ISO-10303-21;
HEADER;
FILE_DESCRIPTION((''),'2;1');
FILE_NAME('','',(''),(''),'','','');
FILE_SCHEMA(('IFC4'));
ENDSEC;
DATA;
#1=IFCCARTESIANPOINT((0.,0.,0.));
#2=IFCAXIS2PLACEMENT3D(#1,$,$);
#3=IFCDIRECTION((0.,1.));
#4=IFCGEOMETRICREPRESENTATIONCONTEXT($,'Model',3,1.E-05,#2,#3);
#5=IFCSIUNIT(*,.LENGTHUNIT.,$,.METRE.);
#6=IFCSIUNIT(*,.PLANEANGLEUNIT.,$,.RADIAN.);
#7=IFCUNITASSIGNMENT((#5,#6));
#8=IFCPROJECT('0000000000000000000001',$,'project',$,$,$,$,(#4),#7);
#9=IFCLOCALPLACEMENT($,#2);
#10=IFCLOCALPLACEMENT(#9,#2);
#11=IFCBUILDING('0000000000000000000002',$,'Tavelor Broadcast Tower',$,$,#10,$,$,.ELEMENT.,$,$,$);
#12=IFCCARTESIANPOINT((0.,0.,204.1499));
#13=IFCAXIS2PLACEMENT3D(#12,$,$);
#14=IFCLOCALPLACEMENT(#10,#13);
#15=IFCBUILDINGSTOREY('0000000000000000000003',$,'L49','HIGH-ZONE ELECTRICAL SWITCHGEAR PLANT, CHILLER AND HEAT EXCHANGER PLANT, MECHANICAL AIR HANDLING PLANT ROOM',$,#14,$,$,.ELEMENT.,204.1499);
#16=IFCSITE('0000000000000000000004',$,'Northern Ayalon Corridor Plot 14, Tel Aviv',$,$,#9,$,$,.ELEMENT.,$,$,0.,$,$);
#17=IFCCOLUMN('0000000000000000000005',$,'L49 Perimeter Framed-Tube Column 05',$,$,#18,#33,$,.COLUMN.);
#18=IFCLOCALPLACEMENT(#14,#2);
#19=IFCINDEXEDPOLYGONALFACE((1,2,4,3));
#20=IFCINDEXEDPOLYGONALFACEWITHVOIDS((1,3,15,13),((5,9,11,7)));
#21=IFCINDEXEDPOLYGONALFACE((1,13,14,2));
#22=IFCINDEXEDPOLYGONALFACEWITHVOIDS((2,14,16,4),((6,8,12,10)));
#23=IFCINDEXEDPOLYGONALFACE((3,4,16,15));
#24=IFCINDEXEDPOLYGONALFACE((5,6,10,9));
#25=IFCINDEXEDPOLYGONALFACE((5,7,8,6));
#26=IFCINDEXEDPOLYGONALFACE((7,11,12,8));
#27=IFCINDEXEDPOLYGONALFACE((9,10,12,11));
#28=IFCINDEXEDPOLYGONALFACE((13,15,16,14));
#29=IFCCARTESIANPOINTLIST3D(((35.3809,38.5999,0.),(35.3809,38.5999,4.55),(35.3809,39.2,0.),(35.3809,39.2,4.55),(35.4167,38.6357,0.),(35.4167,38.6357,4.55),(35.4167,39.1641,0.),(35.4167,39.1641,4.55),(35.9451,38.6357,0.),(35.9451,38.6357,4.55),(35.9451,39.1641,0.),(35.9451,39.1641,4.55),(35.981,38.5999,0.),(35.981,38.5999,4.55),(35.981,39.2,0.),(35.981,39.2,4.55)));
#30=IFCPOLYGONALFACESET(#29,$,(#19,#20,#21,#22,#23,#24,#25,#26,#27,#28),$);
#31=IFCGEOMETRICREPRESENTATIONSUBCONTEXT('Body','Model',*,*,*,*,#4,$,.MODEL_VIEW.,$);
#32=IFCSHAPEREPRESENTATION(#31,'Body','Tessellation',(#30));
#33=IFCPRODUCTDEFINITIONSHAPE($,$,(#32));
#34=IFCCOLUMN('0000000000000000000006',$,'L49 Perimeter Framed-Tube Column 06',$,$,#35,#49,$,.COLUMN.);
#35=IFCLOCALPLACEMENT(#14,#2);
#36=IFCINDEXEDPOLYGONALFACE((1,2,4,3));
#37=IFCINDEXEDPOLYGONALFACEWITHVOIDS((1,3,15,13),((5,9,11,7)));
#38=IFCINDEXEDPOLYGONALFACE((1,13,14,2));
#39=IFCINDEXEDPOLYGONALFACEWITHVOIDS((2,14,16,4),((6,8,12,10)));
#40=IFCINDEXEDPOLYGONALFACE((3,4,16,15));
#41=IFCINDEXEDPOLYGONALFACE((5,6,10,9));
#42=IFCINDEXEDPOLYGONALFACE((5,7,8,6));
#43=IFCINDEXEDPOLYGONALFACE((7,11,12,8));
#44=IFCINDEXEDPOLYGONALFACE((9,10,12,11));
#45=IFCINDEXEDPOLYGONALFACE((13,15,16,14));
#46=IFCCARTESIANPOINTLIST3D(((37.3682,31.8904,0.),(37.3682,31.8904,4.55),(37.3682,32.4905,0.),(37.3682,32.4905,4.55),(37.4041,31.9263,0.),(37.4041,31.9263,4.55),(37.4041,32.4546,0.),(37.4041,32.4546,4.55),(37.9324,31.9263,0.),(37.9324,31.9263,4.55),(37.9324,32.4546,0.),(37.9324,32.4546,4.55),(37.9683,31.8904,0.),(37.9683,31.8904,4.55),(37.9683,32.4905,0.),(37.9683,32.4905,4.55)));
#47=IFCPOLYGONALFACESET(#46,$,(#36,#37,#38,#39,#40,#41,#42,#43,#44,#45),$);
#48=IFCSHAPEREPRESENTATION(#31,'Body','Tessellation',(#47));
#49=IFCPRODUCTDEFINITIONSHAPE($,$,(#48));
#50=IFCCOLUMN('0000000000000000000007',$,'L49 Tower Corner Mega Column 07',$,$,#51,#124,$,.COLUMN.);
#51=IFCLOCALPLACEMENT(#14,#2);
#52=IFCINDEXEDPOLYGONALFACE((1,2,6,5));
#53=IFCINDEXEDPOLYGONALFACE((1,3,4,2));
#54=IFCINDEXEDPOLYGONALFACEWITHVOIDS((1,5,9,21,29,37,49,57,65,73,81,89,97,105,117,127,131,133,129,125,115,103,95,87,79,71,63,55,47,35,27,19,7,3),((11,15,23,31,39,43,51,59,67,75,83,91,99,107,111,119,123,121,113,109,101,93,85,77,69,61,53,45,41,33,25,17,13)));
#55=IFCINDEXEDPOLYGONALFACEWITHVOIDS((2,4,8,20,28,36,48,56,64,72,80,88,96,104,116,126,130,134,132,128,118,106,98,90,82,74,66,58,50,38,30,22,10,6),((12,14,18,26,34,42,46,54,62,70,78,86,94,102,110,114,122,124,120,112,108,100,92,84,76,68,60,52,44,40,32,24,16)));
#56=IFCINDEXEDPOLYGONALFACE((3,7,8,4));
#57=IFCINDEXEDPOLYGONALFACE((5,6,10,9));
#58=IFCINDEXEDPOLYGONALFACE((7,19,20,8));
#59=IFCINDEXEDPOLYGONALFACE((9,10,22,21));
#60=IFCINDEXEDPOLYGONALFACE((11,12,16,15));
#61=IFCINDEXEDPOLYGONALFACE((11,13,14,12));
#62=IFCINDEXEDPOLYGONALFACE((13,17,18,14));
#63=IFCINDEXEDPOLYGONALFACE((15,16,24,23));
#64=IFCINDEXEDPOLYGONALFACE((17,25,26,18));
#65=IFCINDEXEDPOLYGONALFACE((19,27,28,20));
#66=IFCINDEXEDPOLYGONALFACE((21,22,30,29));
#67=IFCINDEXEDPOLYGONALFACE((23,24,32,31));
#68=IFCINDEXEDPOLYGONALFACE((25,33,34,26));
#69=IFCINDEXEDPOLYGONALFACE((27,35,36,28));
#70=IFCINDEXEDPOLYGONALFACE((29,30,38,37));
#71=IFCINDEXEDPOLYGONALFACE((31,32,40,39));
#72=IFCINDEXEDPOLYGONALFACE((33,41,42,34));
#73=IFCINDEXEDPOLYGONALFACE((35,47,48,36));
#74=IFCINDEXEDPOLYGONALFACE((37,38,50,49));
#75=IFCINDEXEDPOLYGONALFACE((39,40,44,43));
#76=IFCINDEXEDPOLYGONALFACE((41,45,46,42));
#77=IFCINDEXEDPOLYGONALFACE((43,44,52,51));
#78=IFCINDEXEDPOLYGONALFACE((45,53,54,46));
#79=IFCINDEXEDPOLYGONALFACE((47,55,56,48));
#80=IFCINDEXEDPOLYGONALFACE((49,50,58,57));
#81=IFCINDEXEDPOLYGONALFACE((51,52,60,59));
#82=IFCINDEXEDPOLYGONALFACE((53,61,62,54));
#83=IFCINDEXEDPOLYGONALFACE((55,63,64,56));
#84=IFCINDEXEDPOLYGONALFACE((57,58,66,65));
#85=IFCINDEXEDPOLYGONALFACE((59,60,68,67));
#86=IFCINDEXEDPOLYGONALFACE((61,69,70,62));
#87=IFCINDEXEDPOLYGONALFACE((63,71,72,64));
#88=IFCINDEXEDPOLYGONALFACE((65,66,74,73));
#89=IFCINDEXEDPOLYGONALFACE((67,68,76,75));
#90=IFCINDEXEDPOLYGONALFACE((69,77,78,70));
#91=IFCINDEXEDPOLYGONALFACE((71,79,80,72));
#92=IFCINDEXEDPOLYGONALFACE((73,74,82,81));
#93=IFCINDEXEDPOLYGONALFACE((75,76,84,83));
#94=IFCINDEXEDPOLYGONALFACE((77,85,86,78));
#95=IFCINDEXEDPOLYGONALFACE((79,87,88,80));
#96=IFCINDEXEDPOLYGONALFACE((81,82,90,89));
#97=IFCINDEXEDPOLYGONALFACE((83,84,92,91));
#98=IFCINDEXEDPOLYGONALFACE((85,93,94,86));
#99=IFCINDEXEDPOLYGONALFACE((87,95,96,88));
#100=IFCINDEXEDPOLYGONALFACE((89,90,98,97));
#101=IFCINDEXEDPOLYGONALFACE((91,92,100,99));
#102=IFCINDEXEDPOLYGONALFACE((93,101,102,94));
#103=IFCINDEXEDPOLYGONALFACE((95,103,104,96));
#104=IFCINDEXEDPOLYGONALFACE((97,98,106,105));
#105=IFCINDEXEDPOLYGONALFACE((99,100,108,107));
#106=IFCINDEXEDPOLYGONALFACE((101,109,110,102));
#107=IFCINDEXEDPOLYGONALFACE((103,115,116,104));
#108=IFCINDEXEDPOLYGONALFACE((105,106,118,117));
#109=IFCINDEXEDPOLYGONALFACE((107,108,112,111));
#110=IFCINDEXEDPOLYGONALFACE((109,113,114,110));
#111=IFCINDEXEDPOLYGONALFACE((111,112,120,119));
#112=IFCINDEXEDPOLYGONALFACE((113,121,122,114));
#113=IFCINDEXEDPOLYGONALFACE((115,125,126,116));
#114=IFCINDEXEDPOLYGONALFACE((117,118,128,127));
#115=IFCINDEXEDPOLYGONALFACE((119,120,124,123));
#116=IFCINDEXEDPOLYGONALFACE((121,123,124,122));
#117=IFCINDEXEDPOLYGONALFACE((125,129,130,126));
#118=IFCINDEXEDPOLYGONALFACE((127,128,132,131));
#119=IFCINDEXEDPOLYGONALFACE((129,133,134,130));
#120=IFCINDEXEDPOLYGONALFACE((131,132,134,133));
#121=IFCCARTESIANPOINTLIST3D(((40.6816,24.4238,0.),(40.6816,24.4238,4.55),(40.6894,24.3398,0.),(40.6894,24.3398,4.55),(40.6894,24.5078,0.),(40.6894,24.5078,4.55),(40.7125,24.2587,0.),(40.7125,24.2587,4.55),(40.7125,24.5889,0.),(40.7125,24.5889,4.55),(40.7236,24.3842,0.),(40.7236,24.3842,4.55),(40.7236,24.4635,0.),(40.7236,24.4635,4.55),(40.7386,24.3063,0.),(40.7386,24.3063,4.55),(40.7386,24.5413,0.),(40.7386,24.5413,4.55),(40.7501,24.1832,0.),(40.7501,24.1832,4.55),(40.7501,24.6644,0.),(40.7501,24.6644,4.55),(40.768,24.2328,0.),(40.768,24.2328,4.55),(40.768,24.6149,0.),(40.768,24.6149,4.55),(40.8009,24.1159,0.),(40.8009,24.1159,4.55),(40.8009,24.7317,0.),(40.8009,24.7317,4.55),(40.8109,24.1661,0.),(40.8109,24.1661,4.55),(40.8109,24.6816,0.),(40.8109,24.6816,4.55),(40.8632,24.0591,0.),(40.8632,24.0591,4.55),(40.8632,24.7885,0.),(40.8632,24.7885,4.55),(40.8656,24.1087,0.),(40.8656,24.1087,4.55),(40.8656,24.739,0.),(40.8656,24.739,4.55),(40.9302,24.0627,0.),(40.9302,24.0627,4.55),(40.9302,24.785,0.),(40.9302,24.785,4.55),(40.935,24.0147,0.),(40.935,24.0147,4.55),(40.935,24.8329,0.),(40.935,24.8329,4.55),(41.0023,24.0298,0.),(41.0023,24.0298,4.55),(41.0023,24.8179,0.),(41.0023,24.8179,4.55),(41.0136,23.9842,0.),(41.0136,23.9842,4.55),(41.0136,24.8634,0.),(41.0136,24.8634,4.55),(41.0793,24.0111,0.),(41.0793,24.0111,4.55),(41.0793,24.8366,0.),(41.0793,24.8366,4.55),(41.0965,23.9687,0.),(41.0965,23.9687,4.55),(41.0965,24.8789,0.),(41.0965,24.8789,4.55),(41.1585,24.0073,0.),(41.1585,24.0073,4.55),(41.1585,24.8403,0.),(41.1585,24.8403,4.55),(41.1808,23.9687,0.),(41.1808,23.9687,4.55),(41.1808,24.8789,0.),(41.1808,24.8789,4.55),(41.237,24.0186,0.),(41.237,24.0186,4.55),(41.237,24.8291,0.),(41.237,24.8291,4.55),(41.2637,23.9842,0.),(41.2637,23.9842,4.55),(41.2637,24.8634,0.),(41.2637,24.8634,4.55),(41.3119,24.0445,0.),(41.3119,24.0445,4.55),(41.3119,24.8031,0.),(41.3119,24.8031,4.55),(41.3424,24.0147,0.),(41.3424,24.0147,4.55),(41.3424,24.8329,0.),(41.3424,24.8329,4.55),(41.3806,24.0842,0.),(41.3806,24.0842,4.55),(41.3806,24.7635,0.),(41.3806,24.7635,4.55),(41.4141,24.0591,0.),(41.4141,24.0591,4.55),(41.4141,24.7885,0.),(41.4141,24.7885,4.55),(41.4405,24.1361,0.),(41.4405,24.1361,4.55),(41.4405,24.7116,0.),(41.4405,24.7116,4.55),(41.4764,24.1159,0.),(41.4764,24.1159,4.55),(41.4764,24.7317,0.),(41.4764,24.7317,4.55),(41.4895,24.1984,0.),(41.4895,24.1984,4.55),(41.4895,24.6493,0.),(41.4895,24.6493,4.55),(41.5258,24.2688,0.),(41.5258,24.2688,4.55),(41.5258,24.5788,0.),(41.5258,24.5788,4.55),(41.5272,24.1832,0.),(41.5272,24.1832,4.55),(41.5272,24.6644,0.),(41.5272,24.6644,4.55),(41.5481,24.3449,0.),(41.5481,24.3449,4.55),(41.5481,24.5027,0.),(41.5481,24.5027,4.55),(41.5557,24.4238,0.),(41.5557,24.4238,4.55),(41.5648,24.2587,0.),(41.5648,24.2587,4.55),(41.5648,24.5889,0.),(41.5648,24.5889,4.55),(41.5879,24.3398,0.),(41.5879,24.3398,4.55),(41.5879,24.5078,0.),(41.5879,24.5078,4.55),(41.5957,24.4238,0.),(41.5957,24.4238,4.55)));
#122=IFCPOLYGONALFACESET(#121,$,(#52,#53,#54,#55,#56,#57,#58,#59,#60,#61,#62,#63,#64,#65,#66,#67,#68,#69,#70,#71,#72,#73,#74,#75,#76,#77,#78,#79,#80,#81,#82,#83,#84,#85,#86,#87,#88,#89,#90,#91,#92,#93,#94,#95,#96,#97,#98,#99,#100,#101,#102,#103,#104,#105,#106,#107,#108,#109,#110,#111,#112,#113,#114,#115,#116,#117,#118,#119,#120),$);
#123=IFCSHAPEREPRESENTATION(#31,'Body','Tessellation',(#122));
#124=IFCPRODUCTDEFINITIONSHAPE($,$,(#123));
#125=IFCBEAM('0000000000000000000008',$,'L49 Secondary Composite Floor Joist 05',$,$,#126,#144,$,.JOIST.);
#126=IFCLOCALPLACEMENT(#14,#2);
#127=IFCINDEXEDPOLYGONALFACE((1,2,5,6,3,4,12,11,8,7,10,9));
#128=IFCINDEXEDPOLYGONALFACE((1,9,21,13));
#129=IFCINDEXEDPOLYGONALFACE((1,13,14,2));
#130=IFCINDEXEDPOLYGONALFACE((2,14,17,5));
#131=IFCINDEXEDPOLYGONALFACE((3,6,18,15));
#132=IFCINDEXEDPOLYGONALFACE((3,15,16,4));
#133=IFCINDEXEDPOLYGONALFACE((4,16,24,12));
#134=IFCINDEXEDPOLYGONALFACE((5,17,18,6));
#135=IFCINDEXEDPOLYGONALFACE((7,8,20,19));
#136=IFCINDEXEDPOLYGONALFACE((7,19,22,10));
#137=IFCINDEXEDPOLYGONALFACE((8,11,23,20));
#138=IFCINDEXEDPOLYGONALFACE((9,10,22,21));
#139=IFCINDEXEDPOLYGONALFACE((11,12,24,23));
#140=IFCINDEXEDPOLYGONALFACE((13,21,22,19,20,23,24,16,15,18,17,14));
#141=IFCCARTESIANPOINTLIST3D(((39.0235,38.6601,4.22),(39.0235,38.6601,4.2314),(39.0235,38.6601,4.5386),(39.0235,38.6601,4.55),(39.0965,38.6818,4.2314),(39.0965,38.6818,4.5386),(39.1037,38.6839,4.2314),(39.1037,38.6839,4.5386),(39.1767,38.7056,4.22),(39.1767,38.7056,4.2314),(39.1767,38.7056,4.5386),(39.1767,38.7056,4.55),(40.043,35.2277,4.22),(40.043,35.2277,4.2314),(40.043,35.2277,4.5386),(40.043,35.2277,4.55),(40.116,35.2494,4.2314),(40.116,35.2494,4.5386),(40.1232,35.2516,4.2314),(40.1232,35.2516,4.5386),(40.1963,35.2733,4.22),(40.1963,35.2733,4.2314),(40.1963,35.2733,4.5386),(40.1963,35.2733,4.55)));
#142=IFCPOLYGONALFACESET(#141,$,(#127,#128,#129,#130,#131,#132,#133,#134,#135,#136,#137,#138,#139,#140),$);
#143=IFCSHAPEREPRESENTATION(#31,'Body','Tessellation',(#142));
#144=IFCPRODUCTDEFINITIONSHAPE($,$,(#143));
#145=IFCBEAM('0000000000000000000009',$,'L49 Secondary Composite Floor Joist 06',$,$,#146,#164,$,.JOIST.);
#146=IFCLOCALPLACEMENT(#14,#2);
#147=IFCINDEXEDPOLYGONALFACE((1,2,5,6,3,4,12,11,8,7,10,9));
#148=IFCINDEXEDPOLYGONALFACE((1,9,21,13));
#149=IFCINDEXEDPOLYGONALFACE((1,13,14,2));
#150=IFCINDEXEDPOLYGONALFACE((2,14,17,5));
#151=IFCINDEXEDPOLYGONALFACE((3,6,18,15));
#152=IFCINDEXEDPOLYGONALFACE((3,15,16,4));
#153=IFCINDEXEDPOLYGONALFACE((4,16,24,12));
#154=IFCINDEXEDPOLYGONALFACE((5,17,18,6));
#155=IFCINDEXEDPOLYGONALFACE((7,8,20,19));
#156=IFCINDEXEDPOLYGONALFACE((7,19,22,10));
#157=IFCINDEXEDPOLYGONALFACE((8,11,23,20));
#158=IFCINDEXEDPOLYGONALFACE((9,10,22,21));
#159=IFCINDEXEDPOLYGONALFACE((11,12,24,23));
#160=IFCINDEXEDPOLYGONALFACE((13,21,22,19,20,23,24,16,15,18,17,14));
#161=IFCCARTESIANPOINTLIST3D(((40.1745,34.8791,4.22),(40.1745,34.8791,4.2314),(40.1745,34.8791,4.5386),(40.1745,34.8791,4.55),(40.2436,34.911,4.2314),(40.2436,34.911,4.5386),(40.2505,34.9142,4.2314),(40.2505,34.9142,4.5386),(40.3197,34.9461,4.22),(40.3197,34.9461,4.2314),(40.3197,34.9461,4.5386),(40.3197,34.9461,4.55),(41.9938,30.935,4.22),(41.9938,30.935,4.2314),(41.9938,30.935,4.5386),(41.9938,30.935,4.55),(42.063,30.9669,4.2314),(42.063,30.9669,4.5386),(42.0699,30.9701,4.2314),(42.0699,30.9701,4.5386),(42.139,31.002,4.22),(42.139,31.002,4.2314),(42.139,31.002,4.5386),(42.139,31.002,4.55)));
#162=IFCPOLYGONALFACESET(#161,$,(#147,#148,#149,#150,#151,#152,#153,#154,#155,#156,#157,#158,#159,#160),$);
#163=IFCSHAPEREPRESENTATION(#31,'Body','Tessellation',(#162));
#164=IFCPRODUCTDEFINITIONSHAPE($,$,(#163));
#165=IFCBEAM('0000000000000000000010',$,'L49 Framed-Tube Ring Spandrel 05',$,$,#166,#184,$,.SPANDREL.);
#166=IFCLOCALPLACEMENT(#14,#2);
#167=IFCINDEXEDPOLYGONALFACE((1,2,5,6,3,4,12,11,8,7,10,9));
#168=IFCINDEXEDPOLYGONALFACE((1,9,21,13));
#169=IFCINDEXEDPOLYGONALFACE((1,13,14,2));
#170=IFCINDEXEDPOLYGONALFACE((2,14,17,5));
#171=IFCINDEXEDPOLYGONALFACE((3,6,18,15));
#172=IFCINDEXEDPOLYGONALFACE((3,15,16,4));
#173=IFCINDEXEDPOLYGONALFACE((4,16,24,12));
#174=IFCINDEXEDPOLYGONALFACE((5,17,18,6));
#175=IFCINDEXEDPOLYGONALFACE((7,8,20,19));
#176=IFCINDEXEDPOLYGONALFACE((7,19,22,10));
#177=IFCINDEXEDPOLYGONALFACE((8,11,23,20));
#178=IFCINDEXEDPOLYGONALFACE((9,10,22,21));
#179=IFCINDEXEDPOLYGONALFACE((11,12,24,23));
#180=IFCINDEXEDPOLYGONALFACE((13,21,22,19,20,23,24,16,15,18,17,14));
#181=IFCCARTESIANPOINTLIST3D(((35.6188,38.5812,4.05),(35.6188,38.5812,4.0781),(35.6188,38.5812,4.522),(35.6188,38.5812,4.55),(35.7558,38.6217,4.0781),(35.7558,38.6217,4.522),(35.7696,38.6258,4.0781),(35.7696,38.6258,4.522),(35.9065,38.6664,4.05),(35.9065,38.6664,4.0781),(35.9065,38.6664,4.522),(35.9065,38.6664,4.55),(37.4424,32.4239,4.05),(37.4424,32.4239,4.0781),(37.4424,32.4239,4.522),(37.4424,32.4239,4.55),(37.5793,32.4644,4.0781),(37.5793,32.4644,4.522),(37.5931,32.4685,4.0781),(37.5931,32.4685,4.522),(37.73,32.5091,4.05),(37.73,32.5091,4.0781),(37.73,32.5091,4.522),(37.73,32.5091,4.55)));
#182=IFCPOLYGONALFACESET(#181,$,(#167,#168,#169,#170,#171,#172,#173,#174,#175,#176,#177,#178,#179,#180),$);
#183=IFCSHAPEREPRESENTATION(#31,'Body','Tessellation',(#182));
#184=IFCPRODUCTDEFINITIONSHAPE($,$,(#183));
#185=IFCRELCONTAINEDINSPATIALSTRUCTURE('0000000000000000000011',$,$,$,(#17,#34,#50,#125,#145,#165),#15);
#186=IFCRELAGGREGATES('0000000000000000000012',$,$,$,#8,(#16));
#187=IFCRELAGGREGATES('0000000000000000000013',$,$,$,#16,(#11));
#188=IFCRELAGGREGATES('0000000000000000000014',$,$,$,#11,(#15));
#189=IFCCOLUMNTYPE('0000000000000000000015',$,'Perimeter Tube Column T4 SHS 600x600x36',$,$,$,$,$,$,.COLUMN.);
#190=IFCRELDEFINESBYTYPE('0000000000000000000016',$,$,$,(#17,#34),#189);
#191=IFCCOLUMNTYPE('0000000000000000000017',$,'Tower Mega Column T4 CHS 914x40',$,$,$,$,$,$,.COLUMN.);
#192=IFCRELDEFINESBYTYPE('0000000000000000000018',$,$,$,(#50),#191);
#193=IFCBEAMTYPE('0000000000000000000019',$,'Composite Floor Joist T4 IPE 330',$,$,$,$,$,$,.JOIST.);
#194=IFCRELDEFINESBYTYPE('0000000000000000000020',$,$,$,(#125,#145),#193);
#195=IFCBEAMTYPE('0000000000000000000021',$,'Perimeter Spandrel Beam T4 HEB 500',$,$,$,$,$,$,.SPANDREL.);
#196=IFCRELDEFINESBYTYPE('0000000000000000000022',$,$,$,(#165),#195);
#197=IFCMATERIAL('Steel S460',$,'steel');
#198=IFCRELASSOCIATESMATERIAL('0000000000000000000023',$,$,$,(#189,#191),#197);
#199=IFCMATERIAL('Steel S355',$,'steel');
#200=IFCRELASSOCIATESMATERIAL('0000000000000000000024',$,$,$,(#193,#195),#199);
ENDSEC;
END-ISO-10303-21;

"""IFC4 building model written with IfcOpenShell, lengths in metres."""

from ifc_helpers import new_model, si_unit, direction, frame, origin, origin_2d, place, context, subcontext, project, spatial, hollow_rectangle, hollow_circle, i_section, extrude, material, material_profile, profile_set, type_object, element, save


model = new_model("IFC4")

# Units and contexts
model_context = context("Model", 3, precision=1e-05, world=origin(), true_north=direction((0.0, 1.0)))
body_context = subcontext(model_context, "Body", "Model", "MODEL_VIEW")
ifc_project = project(units=[si_unit("LENGTHUNIT", "METRE"), si_unit("PLANEANGLEUNIT", "RADIAN")], contexts=[model_context])

# Site, building, storey
site_placement = place(None, origin())
site = spatial("IfcSite", under=ifc_project, at=site_placement, Name="Northern Ayalon Corridor Plot 14, Tel Aviv", CompositionType="ELEMENT", RefElevation=0.0)
building_placement = place(site_placement, origin())
building = spatial("IfcBuilding", under=site, at=building_placement, Name="Tavelor Broadcast Tower", CompositionType="ELEMENT")
storey_placement = place(building_placement, frame((0.0, 0.0, 204.1499)))
storey = spatial("IfcBuildingStorey", under=building, at=storey_placement, Name="L49", Description="HIGH-ZONE ELECTRICAL SWITCHGEAR PLANT, CHILLER AND HEAT EXCHANGER PLANT, MECHANICAL AIR HANDLING PLANT ROOM", CompositionType="ELEMENT", Elevation=204.1499)

# Columns
ifc_material_1 = material(Name="Steel S460", Category="steel")
ifc_material_profile_1 = material_profile(ifc_material_1, hollow_rectangle(XDim=0.6001, YDim=0.6001, WallThickness=0.0359, at=origin_2d()), Name="SHS 600x600x36")
ifc_profile_set_1 = profile_set([ifc_material_profile_1], Name="Steel S460")
column_type_1 = type_object("IfcColumnType", Name="Perimeter Tube Column T4 SHS 600x600x36", PredefinedType="COLUMN", material=ifc_profile_set_1)
for number, where, z_axis, x_axis, name in (
    (1, (35.6809, 38.8999, 0.0), (0.0, 0.0, 1.0), (1.0, 0.0, 0.0), "L49 Perimeter Framed-Tube Column 05"),
    (2, (37.6682, 32.1904, 0.0), (0.0, 0.0, 1.0), (1.0, 0.0, 0.0), "L49 Perimeter Framed-Tube Column 06"),
):
    element("IfcColumn", number, at=place(storey_placement, frame(where, z_axis=z_axis, x_axis=x_axis)), inside=storey, type_object=column_type_1, Name=name, PredefinedType="COLUMN", context=body_context, shape_type="SweptSolid", body=[
        extrude(hollow_rectangle(XDim=0.6001, YDim=0.6001, WallThickness=0.0359, at=origin_2d()), origin(), (0.0, 0.0, 1.0), 4.55),
    ])
ifc_material_profile_2 = material_profile(ifc_material_1, hollow_circle(Radius=0.457, WallThickness=0.04, at=origin_2d()), Name="CHS 914x40")
ifc_profile_set_2 = profile_set([ifc_material_profile_2], Name="Steel S460")
column_type_2 = type_object("IfcColumnType", Name="Tower Mega Column T4 CHS 914x40", PredefinedType="COLUMN", material=ifc_profile_set_2)
column_placement = place(storey_placement, frame((41.1387, 24.4238, 0.0), z_axis=(0.0, 0.0, 1.0), x_axis=(1.0, 0.0, 0.0)))
element("IfcColumn", 3, at=column_placement, inside=storey, type_object=column_type_2, Name="L49 Tower Corner Mega Column 07", PredefinedType="COLUMN", context=body_context, shape_type="SweptSolid", body=[
    extrude(hollow_circle(Radius=0.457, WallThickness=0.04, at=origin_2d()), origin(), (0.0, 0.0, 1.0), 4.55),
])

# Beams
ifc_material_2 = material(Name="Steel S355", Category="steel")
ifc_material_profile_3 = material_profile(ifc_material_2, i_section(OverallWidth=0.1599, OverallDepth=0.3301, WebThickness=0.0076, FlangeThickness=0.0115, at=origin_2d()), Name="IPE 330")
ifc_profile_set_3 = profile_set([ifc_material_profile_3], Name="Steel S355")
beam_type_1 = type_object("IfcBeamType", Name="Composite Floor Joist T4 IPE 330", PredefinedType="JOIST", material=ifc_profile_set_3)
beam_1_placement = place(storey_placement, frame((39.1001, 38.6829, 4.385), z_axis=(0.284738, -0.958605, 0.0), x_axis=(0.958605, 0.284738, 0.0)))
element("IfcBeam", 4, at=beam_1_placement, inside=storey, type_object=beam_type_1, Name="L49 Secondary Composite Floor Joist 05", PredefinedType="JOIST", context=body_context, shape_type="SweptSolid", body=[
    extrude(i_section(OverallWidth=0.1599, OverallDepth=0.3301, WebThickness=0.0076, FlangeThickness=0.0115, at=origin_2d()), origin(), (0.0, 0.0, 1.0), 3.5806),
])
beam_2_placement = place(storey_placement, frame((40.2471, 34.9126, 4.385), z_axis=(0.418866, -0.908048, 0.0), x_axis=(0.908048, 0.418866, 0.0)))
element("IfcBeam", 5, at=beam_2_placement, inside=storey, type_object=beam_type_1, Name="L49 Secondary Composite Floor Joist 06", PredefinedType="JOIST", context=body_context, shape_type="SweptSolid", body=[
    extrude(i_section(OverallWidth=0.1599, OverallDepth=0.3301, WebThickness=0.0076, FlangeThickness=0.0115, at=origin_2d()), origin(), (0.0, 0.0, 1.0), 4.3435),
])
ifc_material_profile_4 = material_profile(ifc_material_2, i_section(OverallWidth=0.3, OverallDepth=0.5, WebThickness=0.0144, FlangeThickness=0.0281, at=origin_2d()), Name="HEB 500")
ifc_profile_set_4 = profile_set([ifc_material_profile_4], Name="Steel S355")
beam_type_2 = type_object("IfcBeamType", Name="Perimeter Spandrel Beam T4 HEB 500", PredefinedType="SPANDREL", material=ifc_profile_set_4)
beam_3_placement = place(storey_placement, frame((35.7627, 38.6238, 4.3), z_axis=(0.283963, -0.958835, 0.0), x_axis=(0.958835, 0.283963, 0.0)))
element("IfcBeam", 6, at=beam_3_placement, inside=storey, type_object=beam_type_2, Name="L49 Framed-Tube Ring Spandrel 05", PredefinedType="SPANDREL", context=body_context, shape_type="SweptSolid", body=[
    extrude(i_section(OverallWidth=0.3, OverallDepth=0.5, WebThickness=0.0144, FlangeThickness=0.0281, at=origin_2d()), origin(), (0.0, 0.0, 1.0), 6.4216),
])

save(model, "model.ifc")
